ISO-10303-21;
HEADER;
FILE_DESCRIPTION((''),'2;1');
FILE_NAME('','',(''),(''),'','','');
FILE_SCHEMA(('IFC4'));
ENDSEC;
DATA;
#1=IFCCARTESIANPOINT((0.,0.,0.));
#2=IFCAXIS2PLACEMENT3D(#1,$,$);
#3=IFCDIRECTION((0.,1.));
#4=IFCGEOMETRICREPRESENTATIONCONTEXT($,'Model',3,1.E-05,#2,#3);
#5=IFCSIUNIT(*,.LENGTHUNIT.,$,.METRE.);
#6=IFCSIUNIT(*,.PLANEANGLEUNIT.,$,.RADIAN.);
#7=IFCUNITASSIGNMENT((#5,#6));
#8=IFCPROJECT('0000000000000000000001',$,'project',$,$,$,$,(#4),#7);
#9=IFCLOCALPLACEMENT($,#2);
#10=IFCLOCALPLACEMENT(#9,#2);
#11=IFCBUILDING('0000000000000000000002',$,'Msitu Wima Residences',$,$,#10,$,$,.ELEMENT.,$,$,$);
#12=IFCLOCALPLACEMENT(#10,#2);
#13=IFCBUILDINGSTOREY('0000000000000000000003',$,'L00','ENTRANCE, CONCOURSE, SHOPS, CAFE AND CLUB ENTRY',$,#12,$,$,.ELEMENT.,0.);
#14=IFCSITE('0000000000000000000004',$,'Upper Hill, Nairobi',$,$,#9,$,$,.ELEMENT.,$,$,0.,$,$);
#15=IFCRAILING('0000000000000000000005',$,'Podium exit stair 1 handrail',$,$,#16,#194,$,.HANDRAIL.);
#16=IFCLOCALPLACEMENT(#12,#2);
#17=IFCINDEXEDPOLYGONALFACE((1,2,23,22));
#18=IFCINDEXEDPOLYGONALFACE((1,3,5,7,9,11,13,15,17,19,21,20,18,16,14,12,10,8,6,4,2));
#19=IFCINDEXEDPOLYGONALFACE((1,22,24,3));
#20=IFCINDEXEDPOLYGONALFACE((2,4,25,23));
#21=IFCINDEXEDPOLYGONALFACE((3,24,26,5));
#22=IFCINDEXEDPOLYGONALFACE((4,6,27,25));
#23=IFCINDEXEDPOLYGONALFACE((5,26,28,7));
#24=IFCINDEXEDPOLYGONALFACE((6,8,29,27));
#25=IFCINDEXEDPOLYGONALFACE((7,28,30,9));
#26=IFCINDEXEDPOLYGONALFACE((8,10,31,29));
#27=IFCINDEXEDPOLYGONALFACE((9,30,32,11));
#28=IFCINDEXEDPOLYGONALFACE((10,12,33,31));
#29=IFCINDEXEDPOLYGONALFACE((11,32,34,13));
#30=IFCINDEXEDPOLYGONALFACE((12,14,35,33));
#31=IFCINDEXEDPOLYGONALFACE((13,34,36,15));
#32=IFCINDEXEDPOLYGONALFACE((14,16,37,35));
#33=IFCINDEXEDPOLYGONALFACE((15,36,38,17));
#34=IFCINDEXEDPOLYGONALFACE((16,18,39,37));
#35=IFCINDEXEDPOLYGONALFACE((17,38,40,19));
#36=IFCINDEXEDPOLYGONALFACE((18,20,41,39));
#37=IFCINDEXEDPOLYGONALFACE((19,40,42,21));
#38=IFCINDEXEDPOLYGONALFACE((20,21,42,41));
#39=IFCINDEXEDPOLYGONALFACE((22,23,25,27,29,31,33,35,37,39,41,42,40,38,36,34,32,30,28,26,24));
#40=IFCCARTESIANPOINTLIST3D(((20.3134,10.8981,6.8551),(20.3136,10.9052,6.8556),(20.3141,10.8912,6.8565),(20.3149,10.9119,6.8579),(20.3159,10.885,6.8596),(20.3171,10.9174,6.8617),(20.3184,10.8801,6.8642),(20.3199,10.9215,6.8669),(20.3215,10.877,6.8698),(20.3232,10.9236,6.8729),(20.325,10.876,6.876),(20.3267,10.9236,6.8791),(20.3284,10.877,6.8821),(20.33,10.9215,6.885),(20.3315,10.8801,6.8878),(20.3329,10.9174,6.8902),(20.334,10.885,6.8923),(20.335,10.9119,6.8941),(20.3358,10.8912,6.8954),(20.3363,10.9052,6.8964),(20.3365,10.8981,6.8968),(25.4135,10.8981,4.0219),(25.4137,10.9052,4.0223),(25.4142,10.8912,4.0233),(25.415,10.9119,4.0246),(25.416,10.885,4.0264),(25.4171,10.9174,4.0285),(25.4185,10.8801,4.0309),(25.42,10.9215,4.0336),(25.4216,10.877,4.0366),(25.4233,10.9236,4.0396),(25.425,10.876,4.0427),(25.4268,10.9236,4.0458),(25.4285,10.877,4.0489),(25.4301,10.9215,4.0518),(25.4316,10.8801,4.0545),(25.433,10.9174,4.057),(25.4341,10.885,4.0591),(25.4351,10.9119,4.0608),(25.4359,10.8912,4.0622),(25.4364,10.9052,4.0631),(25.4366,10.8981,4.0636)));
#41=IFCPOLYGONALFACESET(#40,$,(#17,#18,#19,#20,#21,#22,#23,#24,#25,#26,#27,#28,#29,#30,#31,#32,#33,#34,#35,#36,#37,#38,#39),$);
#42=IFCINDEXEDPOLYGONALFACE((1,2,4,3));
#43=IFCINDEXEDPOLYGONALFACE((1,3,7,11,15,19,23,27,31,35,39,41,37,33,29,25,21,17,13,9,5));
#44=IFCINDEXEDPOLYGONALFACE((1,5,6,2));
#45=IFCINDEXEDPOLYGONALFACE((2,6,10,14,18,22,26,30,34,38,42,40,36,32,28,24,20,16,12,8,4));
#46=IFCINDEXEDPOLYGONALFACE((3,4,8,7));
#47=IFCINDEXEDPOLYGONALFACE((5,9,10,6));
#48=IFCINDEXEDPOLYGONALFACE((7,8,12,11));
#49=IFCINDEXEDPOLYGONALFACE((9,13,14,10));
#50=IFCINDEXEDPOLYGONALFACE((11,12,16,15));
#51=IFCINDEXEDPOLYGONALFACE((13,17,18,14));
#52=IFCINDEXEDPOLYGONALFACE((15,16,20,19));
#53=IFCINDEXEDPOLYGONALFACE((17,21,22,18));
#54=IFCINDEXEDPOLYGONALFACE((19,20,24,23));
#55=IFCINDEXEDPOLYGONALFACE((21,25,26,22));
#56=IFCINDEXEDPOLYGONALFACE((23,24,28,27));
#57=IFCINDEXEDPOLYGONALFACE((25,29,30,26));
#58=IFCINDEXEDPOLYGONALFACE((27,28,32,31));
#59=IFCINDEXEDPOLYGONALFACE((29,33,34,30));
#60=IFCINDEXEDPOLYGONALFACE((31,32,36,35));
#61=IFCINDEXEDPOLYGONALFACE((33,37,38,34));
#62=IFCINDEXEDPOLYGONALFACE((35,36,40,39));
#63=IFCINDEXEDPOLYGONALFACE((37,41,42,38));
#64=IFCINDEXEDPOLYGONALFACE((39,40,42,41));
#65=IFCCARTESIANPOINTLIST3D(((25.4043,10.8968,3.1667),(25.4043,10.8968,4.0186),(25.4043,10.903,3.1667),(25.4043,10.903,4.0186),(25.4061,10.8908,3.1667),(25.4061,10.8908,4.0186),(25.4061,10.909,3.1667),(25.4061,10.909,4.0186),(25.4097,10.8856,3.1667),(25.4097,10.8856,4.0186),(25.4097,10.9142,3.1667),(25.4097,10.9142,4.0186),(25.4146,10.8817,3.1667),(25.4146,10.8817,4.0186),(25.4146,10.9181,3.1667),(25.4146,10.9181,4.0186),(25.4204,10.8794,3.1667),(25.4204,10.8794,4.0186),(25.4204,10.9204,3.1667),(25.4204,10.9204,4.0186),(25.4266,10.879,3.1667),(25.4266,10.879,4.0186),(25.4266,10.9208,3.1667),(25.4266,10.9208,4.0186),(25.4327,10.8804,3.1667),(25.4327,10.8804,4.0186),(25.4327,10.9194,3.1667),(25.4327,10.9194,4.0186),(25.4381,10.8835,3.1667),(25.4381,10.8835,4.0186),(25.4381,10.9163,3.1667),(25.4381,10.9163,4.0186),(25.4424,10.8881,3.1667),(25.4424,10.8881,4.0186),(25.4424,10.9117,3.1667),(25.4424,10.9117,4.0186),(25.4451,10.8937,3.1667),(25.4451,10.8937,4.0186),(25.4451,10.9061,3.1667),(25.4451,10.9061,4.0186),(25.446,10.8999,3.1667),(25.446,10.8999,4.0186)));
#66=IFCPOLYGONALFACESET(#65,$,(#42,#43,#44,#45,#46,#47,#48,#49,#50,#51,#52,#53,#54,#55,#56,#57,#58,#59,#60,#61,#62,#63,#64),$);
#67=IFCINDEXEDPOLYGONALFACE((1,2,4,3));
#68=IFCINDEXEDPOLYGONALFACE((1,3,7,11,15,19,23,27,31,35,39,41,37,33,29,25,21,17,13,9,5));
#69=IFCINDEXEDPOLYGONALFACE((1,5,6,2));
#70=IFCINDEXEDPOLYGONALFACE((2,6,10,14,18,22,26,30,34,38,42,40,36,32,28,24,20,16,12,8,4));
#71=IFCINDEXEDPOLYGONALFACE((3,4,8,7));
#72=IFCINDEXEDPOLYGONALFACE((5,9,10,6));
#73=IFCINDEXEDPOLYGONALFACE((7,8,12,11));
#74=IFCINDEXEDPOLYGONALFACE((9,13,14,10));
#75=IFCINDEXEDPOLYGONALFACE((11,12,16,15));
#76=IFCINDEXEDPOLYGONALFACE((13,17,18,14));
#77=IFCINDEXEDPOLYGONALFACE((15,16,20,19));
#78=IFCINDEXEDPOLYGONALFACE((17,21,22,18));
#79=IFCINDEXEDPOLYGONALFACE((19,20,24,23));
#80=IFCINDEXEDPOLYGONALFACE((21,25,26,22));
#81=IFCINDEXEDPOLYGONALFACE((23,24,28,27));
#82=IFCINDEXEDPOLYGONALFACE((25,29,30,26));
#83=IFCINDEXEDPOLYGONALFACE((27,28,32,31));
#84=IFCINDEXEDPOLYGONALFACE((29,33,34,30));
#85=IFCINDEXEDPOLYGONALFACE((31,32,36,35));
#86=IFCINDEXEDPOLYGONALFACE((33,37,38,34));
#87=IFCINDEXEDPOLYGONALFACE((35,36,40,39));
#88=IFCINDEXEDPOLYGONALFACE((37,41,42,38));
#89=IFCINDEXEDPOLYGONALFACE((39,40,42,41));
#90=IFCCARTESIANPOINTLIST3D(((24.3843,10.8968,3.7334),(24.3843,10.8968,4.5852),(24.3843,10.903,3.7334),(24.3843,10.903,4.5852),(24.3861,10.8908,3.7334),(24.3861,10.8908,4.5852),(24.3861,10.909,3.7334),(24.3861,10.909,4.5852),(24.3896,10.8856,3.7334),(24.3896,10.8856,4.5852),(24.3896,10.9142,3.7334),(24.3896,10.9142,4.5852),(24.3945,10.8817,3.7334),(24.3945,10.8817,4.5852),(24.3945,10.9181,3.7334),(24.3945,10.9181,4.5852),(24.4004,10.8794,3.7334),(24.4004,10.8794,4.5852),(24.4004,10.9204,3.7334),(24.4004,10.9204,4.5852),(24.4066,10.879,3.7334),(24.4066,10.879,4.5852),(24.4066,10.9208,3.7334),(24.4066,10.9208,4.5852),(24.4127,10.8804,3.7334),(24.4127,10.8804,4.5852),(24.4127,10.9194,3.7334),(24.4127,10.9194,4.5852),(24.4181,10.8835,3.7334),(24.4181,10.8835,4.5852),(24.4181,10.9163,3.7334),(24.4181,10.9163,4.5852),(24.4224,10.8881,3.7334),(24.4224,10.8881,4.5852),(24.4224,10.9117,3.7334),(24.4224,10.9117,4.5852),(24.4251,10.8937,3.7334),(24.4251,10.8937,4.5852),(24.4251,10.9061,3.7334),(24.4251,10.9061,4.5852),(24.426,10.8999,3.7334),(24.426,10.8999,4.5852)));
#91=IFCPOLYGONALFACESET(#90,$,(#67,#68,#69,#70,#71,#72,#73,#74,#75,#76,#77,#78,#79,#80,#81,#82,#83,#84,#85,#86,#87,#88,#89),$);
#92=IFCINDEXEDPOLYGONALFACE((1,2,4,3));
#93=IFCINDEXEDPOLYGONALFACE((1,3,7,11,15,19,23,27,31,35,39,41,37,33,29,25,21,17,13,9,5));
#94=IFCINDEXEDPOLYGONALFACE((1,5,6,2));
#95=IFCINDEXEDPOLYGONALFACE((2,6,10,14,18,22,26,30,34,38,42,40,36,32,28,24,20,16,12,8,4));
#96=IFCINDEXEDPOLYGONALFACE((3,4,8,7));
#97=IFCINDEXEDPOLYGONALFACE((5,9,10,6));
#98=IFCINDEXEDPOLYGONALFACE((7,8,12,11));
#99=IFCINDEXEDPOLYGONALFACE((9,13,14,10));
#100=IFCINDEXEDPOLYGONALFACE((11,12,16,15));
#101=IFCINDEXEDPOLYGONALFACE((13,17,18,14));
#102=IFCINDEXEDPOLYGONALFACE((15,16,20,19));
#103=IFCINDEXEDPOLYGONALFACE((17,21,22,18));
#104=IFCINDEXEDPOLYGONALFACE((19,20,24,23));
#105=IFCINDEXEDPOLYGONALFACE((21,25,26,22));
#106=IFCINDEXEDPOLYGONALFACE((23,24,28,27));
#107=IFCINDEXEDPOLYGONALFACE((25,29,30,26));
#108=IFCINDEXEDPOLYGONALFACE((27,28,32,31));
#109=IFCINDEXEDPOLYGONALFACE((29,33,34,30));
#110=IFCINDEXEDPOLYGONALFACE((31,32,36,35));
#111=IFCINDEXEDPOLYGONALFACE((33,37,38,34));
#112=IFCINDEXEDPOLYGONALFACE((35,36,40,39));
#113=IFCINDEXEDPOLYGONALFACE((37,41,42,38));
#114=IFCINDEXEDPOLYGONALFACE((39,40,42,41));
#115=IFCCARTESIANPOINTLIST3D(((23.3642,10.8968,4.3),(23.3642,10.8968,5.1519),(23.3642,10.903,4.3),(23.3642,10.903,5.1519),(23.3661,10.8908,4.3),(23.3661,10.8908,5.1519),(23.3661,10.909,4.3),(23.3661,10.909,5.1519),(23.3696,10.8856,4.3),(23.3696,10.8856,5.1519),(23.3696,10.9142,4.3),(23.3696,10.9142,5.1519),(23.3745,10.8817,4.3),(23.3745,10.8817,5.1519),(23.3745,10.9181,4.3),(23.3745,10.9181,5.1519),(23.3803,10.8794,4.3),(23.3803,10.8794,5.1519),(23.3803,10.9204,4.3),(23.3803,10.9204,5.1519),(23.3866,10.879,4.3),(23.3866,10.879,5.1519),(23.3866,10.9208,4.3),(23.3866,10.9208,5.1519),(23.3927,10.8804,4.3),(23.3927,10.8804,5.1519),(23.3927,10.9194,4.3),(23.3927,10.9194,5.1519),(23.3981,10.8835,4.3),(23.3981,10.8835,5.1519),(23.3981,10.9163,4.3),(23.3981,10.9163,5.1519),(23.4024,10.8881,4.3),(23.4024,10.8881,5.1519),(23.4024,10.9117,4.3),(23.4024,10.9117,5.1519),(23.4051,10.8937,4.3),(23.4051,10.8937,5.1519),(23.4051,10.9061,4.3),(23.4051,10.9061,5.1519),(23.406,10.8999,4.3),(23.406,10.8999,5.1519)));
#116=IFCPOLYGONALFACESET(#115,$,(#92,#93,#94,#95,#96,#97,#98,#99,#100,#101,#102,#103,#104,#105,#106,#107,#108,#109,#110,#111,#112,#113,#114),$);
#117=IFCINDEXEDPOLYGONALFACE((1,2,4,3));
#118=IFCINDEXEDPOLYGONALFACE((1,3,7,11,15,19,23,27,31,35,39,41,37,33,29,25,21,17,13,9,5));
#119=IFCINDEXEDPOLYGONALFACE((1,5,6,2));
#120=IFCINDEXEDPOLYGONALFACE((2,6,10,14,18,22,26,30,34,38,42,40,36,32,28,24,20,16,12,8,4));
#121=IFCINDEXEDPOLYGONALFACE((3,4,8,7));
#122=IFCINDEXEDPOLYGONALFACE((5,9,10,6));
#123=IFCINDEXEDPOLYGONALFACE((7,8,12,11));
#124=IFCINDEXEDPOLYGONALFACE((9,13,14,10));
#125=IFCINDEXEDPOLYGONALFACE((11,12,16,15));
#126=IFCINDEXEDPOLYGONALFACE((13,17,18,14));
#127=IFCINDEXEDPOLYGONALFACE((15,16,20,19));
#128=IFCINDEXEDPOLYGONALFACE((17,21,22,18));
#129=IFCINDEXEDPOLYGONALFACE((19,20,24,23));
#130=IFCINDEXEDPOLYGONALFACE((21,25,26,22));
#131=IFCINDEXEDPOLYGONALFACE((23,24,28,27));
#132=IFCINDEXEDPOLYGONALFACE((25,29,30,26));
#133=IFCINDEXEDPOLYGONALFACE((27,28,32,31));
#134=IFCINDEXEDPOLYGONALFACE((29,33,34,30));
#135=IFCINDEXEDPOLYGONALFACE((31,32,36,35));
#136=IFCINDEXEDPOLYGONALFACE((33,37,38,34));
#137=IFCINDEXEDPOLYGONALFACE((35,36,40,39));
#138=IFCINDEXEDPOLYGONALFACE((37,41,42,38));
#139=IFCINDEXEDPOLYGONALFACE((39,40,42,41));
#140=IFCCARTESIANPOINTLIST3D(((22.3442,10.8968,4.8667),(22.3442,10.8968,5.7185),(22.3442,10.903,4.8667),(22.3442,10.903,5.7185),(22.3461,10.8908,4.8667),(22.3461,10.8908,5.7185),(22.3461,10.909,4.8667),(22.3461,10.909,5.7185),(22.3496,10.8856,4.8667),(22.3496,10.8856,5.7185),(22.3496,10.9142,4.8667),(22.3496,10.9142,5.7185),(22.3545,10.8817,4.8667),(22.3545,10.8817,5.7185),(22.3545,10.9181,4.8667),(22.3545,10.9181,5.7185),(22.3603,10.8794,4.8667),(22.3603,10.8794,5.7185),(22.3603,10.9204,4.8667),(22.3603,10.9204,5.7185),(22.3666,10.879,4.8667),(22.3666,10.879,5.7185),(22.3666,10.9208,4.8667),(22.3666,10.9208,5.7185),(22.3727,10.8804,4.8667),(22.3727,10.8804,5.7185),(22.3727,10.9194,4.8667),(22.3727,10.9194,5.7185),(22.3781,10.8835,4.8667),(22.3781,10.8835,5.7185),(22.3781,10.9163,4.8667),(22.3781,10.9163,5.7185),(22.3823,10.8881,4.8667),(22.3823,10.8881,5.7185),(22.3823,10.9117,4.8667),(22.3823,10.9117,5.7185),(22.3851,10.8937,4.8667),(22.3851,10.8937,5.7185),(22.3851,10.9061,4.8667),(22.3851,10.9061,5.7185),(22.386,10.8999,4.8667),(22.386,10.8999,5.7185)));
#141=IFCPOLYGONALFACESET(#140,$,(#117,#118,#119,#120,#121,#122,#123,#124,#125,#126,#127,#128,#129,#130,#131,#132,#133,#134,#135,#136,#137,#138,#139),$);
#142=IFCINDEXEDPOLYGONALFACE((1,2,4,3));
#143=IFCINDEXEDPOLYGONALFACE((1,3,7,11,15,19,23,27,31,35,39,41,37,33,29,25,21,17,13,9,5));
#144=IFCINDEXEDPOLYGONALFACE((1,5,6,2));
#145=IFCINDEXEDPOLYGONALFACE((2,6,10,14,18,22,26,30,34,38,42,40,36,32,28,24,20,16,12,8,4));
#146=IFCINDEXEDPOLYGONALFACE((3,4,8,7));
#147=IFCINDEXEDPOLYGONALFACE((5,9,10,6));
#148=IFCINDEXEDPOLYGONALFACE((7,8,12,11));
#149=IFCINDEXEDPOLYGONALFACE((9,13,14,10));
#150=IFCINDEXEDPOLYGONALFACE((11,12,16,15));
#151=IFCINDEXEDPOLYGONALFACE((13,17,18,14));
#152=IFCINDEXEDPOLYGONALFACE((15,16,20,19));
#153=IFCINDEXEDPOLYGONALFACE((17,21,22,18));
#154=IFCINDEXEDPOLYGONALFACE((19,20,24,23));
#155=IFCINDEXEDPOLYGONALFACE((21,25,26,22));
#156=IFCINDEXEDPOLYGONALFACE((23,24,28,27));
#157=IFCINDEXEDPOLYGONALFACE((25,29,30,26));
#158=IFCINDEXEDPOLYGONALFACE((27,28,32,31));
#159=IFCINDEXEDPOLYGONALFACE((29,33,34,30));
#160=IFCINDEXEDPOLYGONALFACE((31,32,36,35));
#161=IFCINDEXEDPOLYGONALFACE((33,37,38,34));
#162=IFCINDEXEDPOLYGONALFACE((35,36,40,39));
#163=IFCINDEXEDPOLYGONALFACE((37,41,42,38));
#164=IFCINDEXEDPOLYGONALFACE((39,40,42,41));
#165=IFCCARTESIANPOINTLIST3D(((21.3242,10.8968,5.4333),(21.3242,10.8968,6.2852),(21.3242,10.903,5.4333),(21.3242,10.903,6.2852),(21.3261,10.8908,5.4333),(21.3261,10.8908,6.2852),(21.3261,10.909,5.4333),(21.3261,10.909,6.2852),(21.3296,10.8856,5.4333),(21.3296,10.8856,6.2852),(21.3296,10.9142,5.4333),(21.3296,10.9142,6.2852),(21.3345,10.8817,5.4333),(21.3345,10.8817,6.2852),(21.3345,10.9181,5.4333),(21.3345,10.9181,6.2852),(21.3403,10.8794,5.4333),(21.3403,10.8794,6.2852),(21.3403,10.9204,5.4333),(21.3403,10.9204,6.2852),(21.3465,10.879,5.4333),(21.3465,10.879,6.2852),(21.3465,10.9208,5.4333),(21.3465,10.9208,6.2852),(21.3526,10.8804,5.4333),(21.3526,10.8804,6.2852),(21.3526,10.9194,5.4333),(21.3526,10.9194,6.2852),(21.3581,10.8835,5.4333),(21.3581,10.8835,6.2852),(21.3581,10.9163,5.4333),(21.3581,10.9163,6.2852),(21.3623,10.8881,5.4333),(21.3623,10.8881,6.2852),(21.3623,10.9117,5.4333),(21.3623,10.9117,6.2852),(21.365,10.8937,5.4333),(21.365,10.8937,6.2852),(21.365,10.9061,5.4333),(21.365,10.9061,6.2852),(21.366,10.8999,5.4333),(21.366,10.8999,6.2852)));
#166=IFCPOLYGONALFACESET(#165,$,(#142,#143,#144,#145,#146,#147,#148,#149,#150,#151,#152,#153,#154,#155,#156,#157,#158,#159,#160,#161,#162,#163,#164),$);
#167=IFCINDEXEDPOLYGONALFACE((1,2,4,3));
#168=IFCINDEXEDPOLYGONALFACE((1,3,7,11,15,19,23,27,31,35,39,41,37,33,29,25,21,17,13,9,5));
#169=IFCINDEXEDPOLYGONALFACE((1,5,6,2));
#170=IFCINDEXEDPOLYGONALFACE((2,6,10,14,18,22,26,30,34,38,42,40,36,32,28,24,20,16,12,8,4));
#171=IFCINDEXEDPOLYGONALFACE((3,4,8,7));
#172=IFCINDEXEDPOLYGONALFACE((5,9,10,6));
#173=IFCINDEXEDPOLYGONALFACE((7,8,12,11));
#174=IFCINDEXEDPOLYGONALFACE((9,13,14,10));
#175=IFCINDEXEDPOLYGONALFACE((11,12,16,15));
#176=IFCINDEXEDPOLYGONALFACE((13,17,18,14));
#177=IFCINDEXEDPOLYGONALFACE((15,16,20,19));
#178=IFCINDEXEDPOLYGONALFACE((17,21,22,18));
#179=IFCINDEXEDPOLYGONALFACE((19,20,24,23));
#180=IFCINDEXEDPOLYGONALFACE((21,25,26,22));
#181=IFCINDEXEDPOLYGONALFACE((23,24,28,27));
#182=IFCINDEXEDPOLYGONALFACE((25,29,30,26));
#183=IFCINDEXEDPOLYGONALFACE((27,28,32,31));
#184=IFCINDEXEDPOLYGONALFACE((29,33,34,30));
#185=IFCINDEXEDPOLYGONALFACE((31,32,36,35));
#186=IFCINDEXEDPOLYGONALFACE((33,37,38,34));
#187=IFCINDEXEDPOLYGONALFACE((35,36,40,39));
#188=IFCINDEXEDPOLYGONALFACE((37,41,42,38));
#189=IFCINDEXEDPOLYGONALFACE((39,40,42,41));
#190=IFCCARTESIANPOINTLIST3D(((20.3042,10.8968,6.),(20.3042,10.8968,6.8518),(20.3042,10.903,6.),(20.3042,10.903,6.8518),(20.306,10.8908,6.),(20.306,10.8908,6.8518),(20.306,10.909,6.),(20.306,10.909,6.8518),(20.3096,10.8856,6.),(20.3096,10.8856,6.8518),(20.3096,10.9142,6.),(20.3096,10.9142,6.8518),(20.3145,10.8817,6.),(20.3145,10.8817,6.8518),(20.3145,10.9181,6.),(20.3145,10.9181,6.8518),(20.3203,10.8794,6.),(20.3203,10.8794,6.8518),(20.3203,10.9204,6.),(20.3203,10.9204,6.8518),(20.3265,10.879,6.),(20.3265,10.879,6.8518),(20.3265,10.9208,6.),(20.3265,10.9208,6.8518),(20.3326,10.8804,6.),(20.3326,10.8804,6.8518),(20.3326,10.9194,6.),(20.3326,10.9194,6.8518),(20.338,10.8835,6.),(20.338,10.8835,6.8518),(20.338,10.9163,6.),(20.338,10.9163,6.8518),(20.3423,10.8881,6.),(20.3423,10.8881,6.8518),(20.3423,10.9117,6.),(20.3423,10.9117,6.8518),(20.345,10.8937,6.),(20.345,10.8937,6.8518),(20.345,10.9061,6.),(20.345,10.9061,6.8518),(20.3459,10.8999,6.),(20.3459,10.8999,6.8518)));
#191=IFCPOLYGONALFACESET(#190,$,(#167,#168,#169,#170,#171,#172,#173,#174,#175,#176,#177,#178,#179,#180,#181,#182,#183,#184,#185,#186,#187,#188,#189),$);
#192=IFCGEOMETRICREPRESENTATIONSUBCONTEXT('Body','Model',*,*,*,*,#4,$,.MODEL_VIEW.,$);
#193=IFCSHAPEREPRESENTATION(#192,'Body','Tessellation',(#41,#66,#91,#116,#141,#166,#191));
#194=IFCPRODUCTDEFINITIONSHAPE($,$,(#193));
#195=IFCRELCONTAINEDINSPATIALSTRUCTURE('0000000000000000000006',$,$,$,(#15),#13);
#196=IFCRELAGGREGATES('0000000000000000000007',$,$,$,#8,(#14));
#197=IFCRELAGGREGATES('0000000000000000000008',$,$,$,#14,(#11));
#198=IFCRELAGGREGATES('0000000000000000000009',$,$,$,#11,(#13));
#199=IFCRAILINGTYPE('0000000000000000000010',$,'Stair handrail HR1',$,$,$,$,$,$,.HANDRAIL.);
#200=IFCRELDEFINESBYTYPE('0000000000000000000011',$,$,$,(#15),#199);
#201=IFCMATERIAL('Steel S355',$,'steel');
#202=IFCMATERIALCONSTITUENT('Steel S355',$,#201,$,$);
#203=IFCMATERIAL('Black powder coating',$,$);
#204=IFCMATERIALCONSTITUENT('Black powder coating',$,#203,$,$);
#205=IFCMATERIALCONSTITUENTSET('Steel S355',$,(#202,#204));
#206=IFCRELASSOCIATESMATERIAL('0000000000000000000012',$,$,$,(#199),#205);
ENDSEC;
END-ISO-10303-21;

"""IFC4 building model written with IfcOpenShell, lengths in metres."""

from ifc_helpers import new_model, si_unit, direction, frame, origin, origin_2d, place, context, subcontext, project, spatial, circle, extrude, material, constituent, constituent_set, type_object, element, save


model = new_model("IFC4")

# Units and contexts
model_context = context("Model", 3, precision=1e-05, world=origin(), true_north=direction((0.0, 1.0)))
body_context = subcontext(model_context, "Body", "Model", "MODEL_VIEW")
ifc_project = project(units=[si_unit("LENGTHUNIT", "METRE"), si_unit("PLANEANGLEUNIT", "RADIAN")], contexts=[model_context])

# Site, building, storey
site_placement = place(None, origin())
site = spatial("IfcSite", under=ifc_project, at=site_placement, Name="Upper Hill, Nairobi", CompositionType="ELEMENT", RefElevation=0.0)
building_placement = place(site_placement, origin())
building = spatial("IfcBuilding", under=site, at=building_placement, Name="Msitu Wima Residences", CompositionType="ELEMENT")
storey_placement = place(building_placement, origin())
storey = spatial("IfcBuildingStorey", under=building, at=storey_placement, Name="L00", Description="ENTRANCE, CONCOURSE, SHOPS, CAFE AND CLUB ENTRY", CompositionType="ELEMENT", Elevation=0.0)

# Railing
ifc_material_1 = material(Name="Steel S355", Category="steel")
ifc_constituent_1 = constituent(ifc_material_1, Name="Steel S355")
ifc_material_2 = material(Name="Black powder coating")
ifc_constituent_2 = constituent(ifc_material_2, Name="Black powder coating")
ifc_constituent_set_1 = constituent_set(constituents=[ifc_constituent_1, ifc_constituent_2], Name="Steel S355")
railing_type_1 = type_object("IfcRailingType", Name="Stair handrail HR1", PredefinedType="HANDRAIL", material=ifc_constituent_set_1)
railing_1_placement = place(storey_placement, frame((25.425, 10.8999, 3.1667)))
element("IfcRailing", 1, at=railing_1_placement, inside=storey, type_object=railing_type_1, Name="Podium exit stair 1 handrail", PredefinedType="HANDRAIL", context=body_context, shape_type="SweptSolid", body=[
    extrude(circle(Radius=0.0239, at=origin_2d()), frame((0.0, 0.0, 0.876), z_axis=(-0.874167, 0.0, 0.485625), x_axis=(0.0, -1.0, 0.0)), (0.0, 0.0, 1.0), 5.8342),
    extrude(circle(Radius=0.021, at=origin_2d()), origin(), (0.0, 0.0, 1.0), 0.8518),
    extrude(circle(Radius=0.021, at=origin_2d()), frame((-1.02, 0.0, 0.5667)), (0.0, 0.0, 1.0), 0.8518),
    extrude(circle(Radius=0.021, at=origin_2d()), frame((-2.04, 0.0, 1.1333)), (0.0, 0.0, 1.0), 0.8518),
    extrude(circle(Radius=0.021, at=origin_2d()), frame((-3.0601, 0.0, 1.7)), (0.0, 0.0, 1.0), 0.8518),
    extrude(circle(Radius=0.021, at=origin_2d()), frame((-4.0801, 0.0, 2.2666)), (0.0, 0.0, 1.0), 0.8518),
    extrude(circle(Radius=0.021, at=origin_2d()), frame((-5.1001, 0.0, 2.8333)), (0.0, 0.0, 1.0), 0.8518),
])

save(model, "model.ifc")
